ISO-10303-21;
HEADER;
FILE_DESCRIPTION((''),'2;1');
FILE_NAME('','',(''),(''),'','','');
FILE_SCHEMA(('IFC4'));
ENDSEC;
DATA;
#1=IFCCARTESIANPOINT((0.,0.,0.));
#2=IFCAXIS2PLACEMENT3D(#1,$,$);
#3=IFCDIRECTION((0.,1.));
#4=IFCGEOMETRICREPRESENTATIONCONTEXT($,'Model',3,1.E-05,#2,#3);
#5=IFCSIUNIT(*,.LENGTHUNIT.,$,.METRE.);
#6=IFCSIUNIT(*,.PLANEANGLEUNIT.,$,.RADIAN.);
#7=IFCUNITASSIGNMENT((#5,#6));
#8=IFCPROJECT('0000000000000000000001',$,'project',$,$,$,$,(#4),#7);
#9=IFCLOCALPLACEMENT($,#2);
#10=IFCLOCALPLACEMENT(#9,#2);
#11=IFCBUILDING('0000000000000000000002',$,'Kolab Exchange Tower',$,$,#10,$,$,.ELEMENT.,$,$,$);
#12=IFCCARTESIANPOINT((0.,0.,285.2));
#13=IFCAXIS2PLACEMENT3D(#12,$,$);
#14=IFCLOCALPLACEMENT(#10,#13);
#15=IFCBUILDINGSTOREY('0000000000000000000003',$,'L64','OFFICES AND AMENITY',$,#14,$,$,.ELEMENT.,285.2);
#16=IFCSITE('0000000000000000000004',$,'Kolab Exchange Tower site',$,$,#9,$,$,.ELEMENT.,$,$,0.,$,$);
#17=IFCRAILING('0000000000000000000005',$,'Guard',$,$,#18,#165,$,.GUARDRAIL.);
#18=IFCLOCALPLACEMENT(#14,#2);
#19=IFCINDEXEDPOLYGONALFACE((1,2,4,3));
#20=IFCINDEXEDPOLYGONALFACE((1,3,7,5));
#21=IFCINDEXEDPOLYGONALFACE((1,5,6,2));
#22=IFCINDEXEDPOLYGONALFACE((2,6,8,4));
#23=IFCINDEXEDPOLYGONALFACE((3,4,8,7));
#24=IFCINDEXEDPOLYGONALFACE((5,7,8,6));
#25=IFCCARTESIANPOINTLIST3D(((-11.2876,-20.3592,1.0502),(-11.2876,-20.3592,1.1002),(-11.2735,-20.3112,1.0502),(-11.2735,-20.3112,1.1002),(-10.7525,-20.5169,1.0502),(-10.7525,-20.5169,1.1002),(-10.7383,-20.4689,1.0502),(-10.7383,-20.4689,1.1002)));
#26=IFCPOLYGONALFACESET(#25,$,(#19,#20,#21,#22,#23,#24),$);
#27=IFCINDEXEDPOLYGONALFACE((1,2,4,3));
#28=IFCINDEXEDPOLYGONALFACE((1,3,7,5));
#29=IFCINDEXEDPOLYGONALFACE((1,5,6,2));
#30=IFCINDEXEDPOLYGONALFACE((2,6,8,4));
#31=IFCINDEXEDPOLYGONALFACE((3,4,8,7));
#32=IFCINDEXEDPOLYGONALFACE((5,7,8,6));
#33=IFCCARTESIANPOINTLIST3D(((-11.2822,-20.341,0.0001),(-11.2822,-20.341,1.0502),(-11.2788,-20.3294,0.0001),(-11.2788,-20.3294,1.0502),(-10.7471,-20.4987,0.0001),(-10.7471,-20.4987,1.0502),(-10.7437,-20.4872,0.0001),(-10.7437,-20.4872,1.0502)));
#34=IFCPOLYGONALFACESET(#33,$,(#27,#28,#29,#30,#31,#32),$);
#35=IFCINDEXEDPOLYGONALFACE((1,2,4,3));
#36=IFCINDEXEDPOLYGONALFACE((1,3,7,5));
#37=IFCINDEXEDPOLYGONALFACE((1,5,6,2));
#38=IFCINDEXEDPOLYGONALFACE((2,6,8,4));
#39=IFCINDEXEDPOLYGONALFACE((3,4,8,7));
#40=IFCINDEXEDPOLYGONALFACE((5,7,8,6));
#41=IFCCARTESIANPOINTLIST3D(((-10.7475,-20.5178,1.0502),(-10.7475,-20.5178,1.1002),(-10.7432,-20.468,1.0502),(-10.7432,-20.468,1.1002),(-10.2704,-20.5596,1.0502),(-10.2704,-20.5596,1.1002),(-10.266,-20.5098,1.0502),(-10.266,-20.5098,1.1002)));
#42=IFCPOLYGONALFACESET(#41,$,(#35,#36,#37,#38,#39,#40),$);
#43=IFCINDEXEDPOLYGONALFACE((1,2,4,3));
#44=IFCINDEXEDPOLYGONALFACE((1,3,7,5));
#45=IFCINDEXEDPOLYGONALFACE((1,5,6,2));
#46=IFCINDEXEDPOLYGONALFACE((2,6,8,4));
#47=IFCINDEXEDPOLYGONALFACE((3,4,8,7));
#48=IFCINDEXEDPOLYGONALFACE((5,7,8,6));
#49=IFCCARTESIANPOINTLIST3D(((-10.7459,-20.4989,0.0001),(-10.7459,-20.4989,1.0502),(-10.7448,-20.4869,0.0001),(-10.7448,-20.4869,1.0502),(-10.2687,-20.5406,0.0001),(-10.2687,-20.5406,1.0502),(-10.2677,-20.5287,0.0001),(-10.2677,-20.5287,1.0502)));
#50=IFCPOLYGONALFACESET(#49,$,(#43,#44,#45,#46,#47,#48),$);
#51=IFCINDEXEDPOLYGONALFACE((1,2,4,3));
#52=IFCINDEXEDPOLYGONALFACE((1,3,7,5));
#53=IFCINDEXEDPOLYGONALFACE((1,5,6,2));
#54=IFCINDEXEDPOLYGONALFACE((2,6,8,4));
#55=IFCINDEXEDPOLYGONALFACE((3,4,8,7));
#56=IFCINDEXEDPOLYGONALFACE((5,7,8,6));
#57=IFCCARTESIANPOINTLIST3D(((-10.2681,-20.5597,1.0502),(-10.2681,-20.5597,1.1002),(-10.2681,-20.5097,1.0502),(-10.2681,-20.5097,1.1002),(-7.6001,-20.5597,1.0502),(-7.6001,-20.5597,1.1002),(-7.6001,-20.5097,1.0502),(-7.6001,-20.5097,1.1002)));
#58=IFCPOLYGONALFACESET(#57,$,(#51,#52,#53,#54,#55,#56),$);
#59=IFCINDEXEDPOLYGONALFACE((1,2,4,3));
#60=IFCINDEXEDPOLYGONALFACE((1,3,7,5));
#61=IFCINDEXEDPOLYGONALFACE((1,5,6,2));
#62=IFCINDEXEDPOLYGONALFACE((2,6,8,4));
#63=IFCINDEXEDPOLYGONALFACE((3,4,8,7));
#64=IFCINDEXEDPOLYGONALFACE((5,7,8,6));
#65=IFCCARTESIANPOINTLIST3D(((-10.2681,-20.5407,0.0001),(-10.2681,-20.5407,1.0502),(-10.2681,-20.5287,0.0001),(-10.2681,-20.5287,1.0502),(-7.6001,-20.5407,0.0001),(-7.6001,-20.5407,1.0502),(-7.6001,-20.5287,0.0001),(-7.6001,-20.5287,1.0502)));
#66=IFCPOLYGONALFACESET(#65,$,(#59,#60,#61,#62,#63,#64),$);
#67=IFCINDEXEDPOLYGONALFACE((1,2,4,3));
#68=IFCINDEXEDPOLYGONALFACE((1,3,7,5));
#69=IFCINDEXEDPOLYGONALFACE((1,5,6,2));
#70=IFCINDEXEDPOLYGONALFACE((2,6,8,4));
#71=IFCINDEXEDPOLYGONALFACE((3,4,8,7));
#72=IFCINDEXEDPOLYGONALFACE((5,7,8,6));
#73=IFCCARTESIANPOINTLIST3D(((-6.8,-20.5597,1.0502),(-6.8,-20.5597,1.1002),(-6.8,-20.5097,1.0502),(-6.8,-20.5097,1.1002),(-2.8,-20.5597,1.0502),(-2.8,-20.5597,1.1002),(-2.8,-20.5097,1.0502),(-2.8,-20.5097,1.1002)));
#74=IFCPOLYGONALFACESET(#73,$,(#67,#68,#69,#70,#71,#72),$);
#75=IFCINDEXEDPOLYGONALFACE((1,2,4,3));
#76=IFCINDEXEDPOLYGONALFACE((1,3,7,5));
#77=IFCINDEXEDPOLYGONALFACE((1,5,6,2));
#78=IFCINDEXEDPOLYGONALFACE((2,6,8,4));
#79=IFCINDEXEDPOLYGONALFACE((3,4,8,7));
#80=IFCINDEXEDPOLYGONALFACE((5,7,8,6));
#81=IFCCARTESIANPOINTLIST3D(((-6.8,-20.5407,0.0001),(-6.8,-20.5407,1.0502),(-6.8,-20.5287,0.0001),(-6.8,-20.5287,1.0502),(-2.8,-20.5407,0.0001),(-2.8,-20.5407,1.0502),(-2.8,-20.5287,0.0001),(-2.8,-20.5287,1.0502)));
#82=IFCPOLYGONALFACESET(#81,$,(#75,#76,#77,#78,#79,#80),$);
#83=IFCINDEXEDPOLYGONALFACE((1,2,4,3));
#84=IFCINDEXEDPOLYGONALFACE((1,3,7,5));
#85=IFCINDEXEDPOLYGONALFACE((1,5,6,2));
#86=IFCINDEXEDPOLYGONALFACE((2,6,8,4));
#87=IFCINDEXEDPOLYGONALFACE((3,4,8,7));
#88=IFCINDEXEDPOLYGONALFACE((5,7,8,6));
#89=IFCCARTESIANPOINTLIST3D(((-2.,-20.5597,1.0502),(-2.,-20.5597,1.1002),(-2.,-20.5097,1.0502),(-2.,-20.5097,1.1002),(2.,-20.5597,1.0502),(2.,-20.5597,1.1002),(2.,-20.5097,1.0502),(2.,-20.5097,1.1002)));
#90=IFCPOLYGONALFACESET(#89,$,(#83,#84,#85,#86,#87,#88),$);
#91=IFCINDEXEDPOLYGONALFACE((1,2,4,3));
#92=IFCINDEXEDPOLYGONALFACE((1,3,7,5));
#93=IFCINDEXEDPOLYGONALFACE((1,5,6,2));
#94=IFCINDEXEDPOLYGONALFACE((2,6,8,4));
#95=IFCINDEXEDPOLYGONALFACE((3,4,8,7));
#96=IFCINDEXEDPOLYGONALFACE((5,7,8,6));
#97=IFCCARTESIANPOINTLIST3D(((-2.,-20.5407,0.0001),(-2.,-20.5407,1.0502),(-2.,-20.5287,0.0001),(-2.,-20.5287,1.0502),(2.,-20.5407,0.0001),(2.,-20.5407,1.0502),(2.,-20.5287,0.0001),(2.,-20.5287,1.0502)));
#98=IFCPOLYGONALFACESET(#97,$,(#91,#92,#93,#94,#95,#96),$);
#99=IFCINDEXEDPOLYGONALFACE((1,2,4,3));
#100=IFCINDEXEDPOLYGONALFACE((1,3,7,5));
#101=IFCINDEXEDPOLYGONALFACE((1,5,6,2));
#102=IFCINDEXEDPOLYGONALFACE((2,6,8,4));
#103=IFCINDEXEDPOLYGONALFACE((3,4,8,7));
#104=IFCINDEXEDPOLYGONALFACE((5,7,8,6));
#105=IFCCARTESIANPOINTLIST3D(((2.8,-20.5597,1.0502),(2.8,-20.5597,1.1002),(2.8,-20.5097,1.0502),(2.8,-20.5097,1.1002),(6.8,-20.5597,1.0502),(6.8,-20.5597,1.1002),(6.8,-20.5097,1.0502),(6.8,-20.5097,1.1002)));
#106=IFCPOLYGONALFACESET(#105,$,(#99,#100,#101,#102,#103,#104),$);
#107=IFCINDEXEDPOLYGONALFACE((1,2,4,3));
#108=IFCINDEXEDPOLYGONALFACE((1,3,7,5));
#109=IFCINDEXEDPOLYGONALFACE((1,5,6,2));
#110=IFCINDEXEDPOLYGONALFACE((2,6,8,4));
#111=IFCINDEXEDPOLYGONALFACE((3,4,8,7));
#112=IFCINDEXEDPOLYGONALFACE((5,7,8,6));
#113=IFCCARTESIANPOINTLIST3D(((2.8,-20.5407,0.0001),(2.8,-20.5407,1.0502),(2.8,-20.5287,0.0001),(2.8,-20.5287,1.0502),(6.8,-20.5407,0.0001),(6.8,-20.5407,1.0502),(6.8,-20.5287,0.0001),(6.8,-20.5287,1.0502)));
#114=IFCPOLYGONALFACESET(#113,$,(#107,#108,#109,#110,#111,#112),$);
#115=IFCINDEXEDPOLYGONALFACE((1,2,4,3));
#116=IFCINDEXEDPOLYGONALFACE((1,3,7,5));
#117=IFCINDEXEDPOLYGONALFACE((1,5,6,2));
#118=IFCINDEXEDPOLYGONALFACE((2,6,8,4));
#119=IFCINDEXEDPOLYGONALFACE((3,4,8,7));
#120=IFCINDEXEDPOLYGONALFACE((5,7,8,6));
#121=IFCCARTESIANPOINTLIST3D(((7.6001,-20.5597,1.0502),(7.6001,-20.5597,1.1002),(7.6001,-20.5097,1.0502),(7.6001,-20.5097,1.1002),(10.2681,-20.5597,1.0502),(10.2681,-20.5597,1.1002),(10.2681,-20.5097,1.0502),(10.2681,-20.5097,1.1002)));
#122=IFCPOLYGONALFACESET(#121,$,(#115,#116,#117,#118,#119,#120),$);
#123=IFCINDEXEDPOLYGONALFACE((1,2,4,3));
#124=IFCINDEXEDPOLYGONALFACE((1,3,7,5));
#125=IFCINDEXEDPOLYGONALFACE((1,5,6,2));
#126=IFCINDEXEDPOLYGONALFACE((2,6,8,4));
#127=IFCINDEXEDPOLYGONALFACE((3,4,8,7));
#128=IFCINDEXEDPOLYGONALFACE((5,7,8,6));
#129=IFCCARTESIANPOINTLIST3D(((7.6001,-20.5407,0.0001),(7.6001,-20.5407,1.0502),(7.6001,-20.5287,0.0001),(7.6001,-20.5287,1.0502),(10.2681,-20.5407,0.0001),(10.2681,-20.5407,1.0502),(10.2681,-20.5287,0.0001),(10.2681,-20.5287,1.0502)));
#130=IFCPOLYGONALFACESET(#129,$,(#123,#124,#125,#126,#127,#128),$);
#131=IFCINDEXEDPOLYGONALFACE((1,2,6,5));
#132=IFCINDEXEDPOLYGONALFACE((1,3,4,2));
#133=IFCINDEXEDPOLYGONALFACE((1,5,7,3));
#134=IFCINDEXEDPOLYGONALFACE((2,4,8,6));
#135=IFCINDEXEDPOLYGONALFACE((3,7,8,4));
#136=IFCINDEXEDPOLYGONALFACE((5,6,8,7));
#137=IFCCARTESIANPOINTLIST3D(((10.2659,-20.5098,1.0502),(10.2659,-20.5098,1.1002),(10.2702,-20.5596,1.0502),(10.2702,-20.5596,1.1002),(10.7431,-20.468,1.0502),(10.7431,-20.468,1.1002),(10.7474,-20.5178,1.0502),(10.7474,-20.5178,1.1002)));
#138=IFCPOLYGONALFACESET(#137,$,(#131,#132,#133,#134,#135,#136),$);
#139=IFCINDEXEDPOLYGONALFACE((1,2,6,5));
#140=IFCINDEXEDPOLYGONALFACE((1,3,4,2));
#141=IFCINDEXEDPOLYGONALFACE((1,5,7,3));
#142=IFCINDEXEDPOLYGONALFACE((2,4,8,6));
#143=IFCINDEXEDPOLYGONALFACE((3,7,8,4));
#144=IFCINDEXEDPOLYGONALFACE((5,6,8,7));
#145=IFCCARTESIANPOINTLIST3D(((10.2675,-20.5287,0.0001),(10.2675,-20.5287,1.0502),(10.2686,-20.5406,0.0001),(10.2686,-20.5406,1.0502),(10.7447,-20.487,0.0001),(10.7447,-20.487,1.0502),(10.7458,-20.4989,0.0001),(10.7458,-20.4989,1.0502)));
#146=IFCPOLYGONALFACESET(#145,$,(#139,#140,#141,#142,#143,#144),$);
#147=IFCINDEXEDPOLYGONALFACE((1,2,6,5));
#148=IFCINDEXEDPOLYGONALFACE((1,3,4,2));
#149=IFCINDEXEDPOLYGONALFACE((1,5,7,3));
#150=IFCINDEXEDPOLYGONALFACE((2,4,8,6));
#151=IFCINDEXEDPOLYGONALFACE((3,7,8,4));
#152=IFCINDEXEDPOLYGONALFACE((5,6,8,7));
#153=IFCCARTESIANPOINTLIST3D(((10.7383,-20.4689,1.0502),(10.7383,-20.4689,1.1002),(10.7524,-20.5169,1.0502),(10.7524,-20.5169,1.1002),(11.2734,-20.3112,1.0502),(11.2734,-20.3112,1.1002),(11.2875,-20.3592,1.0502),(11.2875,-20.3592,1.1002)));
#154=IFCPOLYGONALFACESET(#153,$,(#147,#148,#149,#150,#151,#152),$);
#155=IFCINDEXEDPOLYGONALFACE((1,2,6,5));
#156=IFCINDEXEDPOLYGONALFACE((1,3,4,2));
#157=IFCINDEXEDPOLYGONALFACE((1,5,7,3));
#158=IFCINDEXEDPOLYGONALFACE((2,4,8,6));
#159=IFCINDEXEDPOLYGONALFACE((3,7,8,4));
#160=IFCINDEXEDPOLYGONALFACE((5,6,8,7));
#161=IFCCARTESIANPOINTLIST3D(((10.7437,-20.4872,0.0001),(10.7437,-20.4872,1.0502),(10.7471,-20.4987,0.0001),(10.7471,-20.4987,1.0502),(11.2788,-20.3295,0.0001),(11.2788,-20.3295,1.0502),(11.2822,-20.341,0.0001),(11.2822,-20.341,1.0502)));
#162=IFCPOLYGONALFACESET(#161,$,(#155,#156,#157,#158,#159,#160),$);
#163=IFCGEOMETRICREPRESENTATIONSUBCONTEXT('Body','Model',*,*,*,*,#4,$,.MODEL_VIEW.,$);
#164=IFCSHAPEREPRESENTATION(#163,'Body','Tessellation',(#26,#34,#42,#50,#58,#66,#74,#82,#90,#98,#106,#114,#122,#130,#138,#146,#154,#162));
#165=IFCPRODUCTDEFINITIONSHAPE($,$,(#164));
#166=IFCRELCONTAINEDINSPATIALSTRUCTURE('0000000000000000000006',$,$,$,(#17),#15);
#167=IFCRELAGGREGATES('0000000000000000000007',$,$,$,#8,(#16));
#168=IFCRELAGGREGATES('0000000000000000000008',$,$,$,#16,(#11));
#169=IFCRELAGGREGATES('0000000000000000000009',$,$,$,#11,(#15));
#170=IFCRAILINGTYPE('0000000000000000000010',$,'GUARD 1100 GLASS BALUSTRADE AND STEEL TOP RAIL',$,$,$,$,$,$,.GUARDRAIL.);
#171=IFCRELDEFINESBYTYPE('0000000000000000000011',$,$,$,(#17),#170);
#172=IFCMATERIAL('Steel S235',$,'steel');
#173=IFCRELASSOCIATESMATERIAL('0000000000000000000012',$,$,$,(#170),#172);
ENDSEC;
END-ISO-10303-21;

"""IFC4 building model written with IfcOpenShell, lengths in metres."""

from ifc_helpers import new_model, si_unit, direction, frame, frame_2d, origin, origin_2d, place, context, subcontext, project, spatial, rectangle, extrude, material, type_object, element, save


model = new_model("IFC4")

# Units and contexts
model_context = context("Model", 3, precision=1e-05, world=origin(), true_north=direction((0.0, 1.0)))
body_context = subcontext(model_context, "Body", "Model", "MODEL_VIEW")
ifc_project = project(units=[si_unit("LENGTHUNIT", "METRE"), si_unit("PLANEANGLEUNIT", "RADIAN")], contexts=[model_context])

# Site, building, storey
site_placement = place(None, origin())
site = spatial("IfcSite", under=ifc_project, at=site_placement, Name="Kolab Exchange Tower site", CompositionType="ELEMENT", RefElevation=0.0)
building_placement = place(site_placement, origin())
building = spatial("IfcBuilding", under=site, at=building_placement, Name="Kolab Exchange Tower", CompositionType="ELEMENT")
storey_placement = place(building_placement, frame((0.0, 0.0, 285.2)))
storey = spatial("IfcBuildingStorey", under=building, at=storey_placement, Name="L64", Description="OFFICES AND AMENITY", CompositionType="ELEMENT", Elevation=285.2)

# Shared definitions
ifc_material_1 = material(Name="Steel S235", Category="steel")

# Railing
railing_type = type_object("IfcRailingType", Name="GUARD 1100 GLASS BALUSTRADE AND STEEL TOP RAIL", PredefinedType="GUARDRAIL", material=ifc_material_1)
railing_placement = place(storey_placement, frame((-11.2805, -20.3352, 0.0)))
element("IfcRailing", 1, at=railing_placement, inside=storey, type_object=railing_type, Name="Guard", PredefinedType="GUARDRAIL", context=body_context, shape_type="SweptSolid", body=[
    extrude(rectangle(XDim=0.05, YDim=0.05, at=origin_2d()), frame((0.0, 0.0, 1.0752), z_axis=(0.959212, -0.282687, 0.0), x_axis=(0.282687, 0.959212, 0.0)), (0.0, 0.0, 1.0), 0.5579),
    extrude(rectangle(XDim=0.012, YDim=1.0501, at=frame_2d((0.0, 0.5251))), frame((0.0, 0.0, 0.0), z_axis=(0.959212, -0.282687, 0.0), x_axis=(0.282687, 0.959212, 0.0)), (0.0, 0.0, 1.0), 0.5579),
    extrude(rectangle(XDim=0.05, YDim=0.05, at=origin_2d()), frame((0.5352, -0.1577, 1.0752), z_axis=(0.996196, -0.087135, 0.0), x_axis=(0.087135, 0.996196, 0.0)), (0.0, 0.0, 1.0), 0.479),
    extrude(rectangle(XDim=0.012, YDim=1.0501, at=frame_2d((0.0, 0.5251))), frame((0.5352, -0.1577, 0.0), z_axis=(0.996196, -0.087135, 0.0), x_axis=(0.087135, 0.996196, 0.0)), (0.0, 0.0, 1.0), 0.479),
    extrude(rectangle(XDim=0.05, YDim=0.05, at=origin_2d()), frame((1.0125, -0.1995, 1.0752), z_axis=(1.0, 0.0, 0.0), x_axis=(0.0, 1.0, 0.0)), (0.0, 0.0, 1.0), 2.668),
    extrude(rectangle(XDim=0.012, YDim=1.0501, at=frame_2d((0.0, 0.5251))), frame((1.0125, -0.1995, 0.0), z_axis=(1.0, 0.0, 0.0), x_axis=(0.0, 1.0, 0.0)), (0.0, 0.0, 1.0), 2.668),
    extrude(rectangle(XDim=0.05, YDim=0.05, at=origin_2d()), frame((4.4805, -0.1995, 1.0752), z_axis=(1.0, 0.0, 0.0), x_axis=(0.0, 1.0, 0.0)), (0.0, 0.0, 1.0), 4.0),
    extrude(rectangle(XDim=0.012, YDim=1.0501, at=frame_2d((0.0, 0.5251))), frame((4.4805, -0.1995, 0.0), z_axis=(1.0, 0.0, 0.0), x_axis=(0.0, 1.0, 0.0)), (0.0, 0.0, 1.0), 4.0),
    extrude(rectangle(XDim=0.05, YDim=0.05, at=origin_2d()), frame((9.2805, -0.1995, 1.0752), z_axis=(1.0, 0.0, 0.0), x_axis=(0.0, 1.0, 0.0)), (0.0, 0.0, 1.0), 4.0),
    extrude(rectangle(XDim=0.012, YDim=1.0501, at=frame_2d((0.0, 0.5251))), frame((9.2805, -0.1995, 0.0), z_axis=(1.0, 0.0, 0.0), x_axis=(0.0, 1.0, 0.0)), (0.0, 0.0, 1.0), 4.0),
    extrude(rectangle(XDim=0.05, YDim=0.05, at=origin_2d()), frame((14.0806, -0.1995, 1.0752), z_axis=(1.0, 0.0, 0.0), x_axis=(0.0, 1.0, 0.0)), (0.0, 0.0, 1.0), 4.0),
    extrude(rectangle(XDim=0.012, YDim=1.0501, at=frame_2d((0.0, 0.5251))), frame((14.0806, -0.1995, 0.0), z_axis=(1.0, 0.0, 0.0), x_axis=(0.0, 1.0, 0.0)), (0.0, 0.0, 1.0), 4.0),
    extrude(rectangle(XDim=0.05, YDim=0.05, at=origin_2d()), frame((18.8806, -0.1995, 1.0752), z_axis=(1.0, 0.0, 0.0), x_axis=(0.0, 1.0, 0.0)), (0.0, 0.0, 1.0), 2.668),
    extrude(rectangle(XDim=0.012, YDim=1.0501, at=frame_2d((0.0, 0.5251))), frame((18.8806, -0.1995, 0.0), z_axis=(1.0, 0.0, 0.0), x_axis=(0.0, 1.0, 0.0)), (0.0, 0.0, 1.0), 2.668),
    extrude(rectangle(XDim=0.05, YDim=0.05, at=origin_2d()), frame((21.5486, -0.1995, 1.0752), z_axis=(0.996196, 0.087135, 0.0), x_axis=(-0.087135, 0.996196, 0.0)), (0.0, 0.0, 1.0), 0.479),
    extrude(rectangle(XDim=0.012, YDim=1.0501, at=frame_2d((0.0, 0.5251))), frame((21.5486, -0.1995, 0.0), z_axis=(0.996196, 0.087135, 0.0), x_axis=(-0.087135, 0.996196, 0.0)), (0.0, 0.0, 1.0), 0.479),
    extrude(rectangle(XDim=0.05, YDim=0.05, at=origin_2d()), frame((22.0259, -0.1577, 1.0752), z_axis=(0.959212, 0.282687, 0.0), x_axis=(-0.282687, 0.959212, 0.0)), (0.0, 0.0, 1.0), 0.5579),
    extrude(rectangle(XDim=0.012, YDim=1.0501, at=frame_2d((0.0, 0.5251))), frame((22.0259, -0.1577, 0.0), z_axis=(0.959212, 0.282687, 0.0), x_axis=(-0.282687, 0.959212, 0.0)), (0.0, 0.0, 1.0), 0.5579),
])

save(model, "model.ifc")
